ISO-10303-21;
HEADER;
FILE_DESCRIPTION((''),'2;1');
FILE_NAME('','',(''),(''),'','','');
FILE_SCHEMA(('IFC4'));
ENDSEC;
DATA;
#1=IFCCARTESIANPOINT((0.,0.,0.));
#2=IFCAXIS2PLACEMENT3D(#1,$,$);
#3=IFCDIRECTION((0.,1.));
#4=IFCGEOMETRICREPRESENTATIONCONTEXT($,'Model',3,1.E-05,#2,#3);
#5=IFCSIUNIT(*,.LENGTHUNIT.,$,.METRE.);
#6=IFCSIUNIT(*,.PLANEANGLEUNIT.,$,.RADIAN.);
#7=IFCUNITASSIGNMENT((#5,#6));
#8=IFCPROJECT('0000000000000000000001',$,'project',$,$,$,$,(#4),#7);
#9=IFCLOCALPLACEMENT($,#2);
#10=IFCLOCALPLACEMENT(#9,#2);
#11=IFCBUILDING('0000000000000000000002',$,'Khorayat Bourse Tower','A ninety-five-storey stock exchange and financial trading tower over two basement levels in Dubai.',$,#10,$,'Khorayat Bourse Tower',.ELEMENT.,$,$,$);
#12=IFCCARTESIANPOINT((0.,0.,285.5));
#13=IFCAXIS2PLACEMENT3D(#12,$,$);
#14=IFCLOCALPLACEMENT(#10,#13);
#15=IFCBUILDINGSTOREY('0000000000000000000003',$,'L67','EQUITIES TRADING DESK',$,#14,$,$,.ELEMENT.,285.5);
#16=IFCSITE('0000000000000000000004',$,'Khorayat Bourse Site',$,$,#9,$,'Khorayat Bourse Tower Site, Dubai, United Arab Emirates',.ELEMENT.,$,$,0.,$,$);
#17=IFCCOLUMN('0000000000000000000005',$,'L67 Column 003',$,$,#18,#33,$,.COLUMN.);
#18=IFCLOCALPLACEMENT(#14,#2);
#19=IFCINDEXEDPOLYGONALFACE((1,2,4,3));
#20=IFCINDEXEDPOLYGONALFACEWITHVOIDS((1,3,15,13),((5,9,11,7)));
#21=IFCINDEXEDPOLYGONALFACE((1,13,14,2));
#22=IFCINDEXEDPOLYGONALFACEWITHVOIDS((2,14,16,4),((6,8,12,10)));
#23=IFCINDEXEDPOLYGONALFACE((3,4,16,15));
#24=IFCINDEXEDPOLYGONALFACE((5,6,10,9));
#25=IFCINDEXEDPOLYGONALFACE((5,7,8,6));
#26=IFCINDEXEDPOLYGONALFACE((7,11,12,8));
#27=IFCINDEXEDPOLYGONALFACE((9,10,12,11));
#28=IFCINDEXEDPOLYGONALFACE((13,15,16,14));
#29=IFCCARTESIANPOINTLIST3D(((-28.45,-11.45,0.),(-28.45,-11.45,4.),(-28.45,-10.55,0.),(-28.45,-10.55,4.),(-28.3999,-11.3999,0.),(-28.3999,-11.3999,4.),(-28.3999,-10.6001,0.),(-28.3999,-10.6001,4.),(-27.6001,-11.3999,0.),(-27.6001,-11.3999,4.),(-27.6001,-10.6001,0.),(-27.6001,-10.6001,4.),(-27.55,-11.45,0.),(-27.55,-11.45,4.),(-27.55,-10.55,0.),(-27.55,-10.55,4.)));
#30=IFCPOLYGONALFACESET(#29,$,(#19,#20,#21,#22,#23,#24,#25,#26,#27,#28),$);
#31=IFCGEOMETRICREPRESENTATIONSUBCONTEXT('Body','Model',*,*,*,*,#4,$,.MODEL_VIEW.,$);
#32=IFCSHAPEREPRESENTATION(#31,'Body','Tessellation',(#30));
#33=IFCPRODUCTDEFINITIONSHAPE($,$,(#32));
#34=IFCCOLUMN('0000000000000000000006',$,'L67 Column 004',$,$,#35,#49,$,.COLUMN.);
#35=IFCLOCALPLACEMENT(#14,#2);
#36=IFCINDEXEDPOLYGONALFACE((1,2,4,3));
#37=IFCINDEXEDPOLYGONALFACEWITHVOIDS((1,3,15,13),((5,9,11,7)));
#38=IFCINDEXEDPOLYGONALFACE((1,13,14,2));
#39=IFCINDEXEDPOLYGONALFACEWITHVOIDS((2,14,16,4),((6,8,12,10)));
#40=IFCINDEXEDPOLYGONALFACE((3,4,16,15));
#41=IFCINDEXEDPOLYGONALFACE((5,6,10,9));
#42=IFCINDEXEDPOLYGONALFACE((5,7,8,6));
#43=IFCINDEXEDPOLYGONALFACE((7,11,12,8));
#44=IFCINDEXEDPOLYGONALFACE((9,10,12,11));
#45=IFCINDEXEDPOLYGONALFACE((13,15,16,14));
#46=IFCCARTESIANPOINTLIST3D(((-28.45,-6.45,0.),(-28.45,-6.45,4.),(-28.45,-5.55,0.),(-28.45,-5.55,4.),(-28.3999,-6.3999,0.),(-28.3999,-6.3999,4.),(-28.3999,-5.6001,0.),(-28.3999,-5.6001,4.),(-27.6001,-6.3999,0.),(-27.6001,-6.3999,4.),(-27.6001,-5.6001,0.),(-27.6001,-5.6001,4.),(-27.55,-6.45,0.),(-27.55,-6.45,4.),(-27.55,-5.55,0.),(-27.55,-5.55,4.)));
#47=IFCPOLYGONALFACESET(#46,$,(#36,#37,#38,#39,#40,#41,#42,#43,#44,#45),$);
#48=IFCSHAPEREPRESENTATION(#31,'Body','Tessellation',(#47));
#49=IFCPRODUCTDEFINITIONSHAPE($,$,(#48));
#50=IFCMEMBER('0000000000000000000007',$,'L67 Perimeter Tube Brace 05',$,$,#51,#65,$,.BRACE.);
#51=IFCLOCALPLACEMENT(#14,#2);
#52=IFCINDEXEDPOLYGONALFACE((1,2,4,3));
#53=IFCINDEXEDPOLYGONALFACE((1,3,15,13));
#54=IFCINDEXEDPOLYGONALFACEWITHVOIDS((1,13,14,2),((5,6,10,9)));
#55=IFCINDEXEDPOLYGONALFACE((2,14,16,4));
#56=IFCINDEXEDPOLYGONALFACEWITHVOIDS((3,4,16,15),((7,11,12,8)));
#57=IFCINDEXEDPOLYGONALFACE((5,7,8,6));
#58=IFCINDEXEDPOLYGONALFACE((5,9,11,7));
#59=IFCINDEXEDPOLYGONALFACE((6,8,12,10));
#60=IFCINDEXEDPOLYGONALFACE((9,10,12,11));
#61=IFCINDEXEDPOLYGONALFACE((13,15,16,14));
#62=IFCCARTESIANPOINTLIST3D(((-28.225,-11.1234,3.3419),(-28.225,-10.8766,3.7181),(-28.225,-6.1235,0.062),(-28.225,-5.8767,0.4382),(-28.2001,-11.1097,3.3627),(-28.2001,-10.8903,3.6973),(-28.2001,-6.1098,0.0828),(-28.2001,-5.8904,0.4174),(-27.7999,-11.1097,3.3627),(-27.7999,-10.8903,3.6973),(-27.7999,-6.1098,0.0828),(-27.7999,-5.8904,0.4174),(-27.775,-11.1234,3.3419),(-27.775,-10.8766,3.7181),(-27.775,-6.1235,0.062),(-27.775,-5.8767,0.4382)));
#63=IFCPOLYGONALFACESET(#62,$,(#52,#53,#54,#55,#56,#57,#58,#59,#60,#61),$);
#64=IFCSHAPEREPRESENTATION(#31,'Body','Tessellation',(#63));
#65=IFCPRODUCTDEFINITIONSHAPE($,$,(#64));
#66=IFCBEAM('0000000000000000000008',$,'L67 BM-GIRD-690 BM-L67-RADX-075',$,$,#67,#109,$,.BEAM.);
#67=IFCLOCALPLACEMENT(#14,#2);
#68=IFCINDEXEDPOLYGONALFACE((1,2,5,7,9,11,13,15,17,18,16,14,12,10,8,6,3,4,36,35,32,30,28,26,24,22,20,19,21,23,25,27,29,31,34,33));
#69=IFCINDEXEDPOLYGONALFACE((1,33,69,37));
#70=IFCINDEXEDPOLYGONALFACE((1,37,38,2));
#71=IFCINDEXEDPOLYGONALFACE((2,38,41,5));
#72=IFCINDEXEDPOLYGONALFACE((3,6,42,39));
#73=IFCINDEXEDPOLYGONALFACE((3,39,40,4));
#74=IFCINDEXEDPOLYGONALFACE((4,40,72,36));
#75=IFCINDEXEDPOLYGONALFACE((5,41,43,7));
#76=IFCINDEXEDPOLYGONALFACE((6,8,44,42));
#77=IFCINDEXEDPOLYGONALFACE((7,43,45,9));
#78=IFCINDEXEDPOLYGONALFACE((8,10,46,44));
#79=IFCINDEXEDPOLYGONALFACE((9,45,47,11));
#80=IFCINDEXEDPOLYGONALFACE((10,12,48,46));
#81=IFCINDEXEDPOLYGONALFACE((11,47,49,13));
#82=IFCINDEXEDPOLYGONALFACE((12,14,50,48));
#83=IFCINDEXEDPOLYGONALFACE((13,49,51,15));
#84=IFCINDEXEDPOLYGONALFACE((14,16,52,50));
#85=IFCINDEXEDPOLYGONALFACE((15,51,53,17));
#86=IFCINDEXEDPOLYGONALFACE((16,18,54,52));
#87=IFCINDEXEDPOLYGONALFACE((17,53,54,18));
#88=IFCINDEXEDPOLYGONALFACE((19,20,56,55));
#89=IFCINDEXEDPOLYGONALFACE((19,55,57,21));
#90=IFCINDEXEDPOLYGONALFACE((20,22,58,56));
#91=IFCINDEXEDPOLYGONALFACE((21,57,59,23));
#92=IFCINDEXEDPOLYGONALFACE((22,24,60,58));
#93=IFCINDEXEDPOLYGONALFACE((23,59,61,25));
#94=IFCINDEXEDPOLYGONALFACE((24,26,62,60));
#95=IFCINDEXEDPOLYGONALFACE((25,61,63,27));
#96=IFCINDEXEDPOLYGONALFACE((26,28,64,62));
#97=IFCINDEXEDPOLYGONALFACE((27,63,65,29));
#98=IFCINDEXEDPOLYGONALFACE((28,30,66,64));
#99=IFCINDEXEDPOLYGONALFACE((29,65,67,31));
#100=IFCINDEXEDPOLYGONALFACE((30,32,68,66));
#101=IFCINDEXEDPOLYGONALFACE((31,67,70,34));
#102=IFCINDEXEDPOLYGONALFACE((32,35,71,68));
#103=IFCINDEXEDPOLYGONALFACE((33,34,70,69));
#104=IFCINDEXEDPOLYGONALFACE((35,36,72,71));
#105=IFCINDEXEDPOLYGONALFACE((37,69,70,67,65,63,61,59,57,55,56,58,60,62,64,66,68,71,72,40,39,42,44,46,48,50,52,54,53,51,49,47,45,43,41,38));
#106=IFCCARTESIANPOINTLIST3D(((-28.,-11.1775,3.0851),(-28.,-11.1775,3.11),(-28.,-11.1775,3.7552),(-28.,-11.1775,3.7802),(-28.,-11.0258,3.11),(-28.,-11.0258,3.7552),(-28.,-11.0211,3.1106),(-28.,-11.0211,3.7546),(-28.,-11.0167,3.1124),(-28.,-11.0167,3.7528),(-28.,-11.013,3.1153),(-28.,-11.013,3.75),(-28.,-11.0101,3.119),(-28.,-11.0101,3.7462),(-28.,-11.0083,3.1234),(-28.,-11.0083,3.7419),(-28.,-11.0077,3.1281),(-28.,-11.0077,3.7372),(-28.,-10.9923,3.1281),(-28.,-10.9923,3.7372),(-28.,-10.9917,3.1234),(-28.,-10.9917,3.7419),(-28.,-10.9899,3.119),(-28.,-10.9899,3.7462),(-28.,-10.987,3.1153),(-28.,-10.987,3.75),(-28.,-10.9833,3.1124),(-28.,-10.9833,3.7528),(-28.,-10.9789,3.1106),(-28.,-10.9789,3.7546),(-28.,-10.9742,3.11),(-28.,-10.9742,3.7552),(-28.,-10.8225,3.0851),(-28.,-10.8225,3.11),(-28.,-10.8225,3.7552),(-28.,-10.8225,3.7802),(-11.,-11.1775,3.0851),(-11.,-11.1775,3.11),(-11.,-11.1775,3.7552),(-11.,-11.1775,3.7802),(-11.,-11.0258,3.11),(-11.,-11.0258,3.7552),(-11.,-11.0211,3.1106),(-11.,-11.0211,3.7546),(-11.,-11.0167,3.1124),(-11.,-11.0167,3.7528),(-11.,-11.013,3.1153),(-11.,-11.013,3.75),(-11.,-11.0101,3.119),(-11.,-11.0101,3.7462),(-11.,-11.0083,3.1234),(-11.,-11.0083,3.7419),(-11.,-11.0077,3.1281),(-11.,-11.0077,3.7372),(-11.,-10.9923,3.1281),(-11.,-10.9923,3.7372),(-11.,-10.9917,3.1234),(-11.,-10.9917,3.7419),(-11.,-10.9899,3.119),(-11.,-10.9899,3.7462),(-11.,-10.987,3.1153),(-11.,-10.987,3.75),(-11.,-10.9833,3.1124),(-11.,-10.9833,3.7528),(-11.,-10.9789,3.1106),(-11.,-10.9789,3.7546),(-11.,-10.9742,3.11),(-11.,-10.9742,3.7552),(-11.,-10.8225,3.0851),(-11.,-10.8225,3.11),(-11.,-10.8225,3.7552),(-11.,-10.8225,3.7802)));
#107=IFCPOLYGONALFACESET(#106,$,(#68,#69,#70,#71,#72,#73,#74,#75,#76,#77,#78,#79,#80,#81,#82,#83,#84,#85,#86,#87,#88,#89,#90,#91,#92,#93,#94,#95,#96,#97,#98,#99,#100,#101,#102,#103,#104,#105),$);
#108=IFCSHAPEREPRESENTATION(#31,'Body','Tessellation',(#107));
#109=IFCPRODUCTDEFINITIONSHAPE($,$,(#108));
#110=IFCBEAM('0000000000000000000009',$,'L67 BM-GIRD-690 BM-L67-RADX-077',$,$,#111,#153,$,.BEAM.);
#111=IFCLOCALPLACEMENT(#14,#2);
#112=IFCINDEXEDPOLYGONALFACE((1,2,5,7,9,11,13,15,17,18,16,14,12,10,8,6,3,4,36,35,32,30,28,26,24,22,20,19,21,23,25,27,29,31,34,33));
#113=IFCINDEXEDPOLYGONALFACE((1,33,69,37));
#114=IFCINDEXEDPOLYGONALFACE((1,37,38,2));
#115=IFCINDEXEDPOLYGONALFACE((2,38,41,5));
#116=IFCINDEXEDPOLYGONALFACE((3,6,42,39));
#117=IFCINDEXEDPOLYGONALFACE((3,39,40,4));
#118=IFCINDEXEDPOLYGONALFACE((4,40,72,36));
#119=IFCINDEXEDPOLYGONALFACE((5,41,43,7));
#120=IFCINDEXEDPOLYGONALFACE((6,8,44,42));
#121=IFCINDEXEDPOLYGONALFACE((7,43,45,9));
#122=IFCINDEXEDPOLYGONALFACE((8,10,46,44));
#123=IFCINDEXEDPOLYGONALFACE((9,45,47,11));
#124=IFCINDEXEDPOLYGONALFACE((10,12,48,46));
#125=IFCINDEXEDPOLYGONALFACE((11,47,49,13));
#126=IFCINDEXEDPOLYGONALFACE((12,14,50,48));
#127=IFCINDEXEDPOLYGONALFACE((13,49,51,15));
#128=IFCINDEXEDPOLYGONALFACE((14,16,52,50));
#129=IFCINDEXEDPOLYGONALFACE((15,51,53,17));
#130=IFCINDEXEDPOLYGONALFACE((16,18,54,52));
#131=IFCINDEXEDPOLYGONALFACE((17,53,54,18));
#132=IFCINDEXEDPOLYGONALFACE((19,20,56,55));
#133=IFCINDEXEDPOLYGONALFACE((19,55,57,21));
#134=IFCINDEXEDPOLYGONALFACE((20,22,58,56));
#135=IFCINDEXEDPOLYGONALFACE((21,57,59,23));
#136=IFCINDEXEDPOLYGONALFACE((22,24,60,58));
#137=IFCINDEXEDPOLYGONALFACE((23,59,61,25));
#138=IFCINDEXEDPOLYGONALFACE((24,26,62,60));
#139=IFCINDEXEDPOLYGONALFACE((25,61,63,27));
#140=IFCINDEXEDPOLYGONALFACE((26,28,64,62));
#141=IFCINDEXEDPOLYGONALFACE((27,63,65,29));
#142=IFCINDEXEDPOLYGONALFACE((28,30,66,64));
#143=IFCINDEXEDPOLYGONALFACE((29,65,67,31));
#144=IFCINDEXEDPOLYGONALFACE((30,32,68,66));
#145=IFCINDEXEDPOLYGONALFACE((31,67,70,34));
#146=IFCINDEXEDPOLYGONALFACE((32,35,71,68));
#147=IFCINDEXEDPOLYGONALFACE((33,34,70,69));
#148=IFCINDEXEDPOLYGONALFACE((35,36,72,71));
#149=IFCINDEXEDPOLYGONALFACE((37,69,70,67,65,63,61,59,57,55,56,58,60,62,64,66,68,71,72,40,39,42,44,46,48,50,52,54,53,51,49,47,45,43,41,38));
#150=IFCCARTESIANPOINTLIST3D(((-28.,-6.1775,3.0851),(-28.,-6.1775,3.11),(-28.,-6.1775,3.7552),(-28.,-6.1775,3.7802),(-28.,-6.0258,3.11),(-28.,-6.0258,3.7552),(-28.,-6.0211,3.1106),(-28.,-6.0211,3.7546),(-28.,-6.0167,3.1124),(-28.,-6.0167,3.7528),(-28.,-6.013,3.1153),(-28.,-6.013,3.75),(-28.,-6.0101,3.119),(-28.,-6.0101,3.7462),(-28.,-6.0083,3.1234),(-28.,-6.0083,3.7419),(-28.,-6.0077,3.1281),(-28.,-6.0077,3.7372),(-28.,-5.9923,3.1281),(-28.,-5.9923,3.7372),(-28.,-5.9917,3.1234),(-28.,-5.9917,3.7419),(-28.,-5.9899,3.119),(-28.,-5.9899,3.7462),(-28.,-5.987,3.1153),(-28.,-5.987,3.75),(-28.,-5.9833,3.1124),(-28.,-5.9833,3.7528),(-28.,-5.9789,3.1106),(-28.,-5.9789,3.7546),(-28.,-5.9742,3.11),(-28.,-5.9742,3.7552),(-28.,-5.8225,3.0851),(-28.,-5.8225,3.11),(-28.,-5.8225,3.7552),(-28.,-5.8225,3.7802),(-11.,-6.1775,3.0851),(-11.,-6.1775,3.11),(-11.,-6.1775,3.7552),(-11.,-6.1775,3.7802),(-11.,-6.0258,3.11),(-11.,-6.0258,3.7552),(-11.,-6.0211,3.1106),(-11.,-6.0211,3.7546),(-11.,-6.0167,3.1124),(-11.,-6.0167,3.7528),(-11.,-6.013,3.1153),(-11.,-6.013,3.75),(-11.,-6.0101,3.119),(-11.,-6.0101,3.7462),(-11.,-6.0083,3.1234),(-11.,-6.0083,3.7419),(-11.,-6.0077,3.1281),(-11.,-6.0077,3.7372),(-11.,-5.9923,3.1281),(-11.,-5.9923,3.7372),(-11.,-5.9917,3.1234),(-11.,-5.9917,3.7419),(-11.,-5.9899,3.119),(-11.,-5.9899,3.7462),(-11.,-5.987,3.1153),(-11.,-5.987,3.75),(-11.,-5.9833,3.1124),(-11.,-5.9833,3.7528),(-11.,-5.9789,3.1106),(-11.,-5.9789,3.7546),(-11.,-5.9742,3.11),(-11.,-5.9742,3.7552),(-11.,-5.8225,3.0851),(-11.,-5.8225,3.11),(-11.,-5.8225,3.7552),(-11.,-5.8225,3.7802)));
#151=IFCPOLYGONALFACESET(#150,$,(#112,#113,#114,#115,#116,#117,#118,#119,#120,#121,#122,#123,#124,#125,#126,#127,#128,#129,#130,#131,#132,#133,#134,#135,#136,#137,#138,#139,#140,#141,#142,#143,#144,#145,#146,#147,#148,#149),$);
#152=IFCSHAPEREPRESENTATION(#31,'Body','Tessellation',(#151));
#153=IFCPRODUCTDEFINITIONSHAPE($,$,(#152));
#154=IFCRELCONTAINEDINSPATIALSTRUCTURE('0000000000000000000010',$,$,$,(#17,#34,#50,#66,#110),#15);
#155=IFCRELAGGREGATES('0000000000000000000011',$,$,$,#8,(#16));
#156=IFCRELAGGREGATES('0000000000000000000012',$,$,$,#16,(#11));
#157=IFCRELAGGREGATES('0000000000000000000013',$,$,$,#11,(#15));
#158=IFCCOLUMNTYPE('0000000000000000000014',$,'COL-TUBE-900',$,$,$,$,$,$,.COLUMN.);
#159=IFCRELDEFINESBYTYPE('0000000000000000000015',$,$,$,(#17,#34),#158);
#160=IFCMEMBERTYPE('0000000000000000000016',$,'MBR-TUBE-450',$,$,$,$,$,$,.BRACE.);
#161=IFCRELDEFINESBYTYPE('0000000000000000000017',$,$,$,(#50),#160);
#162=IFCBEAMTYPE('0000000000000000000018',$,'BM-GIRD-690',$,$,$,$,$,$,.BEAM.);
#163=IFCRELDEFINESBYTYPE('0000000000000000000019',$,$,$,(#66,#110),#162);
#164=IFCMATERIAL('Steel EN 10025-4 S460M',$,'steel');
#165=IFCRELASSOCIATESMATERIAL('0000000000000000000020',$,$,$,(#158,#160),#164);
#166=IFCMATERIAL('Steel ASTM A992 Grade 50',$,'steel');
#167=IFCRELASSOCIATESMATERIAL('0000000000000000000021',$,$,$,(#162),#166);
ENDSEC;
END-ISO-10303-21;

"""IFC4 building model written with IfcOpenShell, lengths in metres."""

from ifc_helpers import new_model, si_unit, direction, frame, origin, origin_2d, place, context, subcontext, project, spatial, hollow_rectangle, i_section, extrude, source, transform, mapped, material, material_profile, profile_set, type_object, element, save


model = new_model("IFC4")

# Units and contexts
model_context = context("Model", 3, precision=1e-05, world=origin(), true_north=direction((0.0, 1.0)))
body_context = subcontext(model_context, "Body", "Model", "MODEL_VIEW")
ifc_project = project(units=[si_unit("LENGTHUNIT", "METRE"), si_unit("PLANEANGLEUNIT", "RADIAN")], contexts=[model_context])

# Site, building, storey
site_placement = place(None, origin())
site = spatial("IfcSite", under=ifc_project, at=site_placement, Name="Khorayat Bourse Site", LongName="Khorayat Bourse Tower Site, Dubai, United Arab Emirates", CompositionType="ELEMENT", RefElevation=0.0)
building_placement = place(site_placement, origin())
building = spatial("IfcBuilding", under=site, at=building_placement, Name="Khorayat Bourse Tower", Description="A ninety-five-storey stock exchange and financial trading tower over two basement levels in Dubai.", LongName="Khorayat Bourse Tower", CompositionType="ELEMENT")
storey_placement = place(building_placement, frame((0.0, 0.0, 285.5)))
storey = spatial("IfcBuildingStorey", under=building, at=storey_placement, Name="L67", Description="EQUITIES TRADING DESK", CompositionType="ELEMENT", Elevation=285.5)

# Columns
ifc_material_1 = material(Name="Steel EN 10025-4 S460M", Category="steel")
ifc_material_profile_1 = material_profile(ifc_material_1, hollow_rectangle(XDim=0.8999, YDim=0.8999, WallThickness=0.05, at=origin_2d()), Name="BOX 900x900x50")
ifc_profile_set_1 = profile_set([ifc_material_profile_1], Name="Steel EN 10025-4 S460M")
column_type = type_object("IfcColumnType", Name="COL-TUBE-900", PredefinedType="COLUMN", material=ifc_profile_set_1)
shared_shape_1 = source(origin(), body_context, "Body", "SweptSolid", [
    extrude(hollow_rectangle(XDim=0.8999, YDim=0.8999, WallThickness=0.05, at=origin_2d()), origin(), (0.0, 0.0, 1.0), 4.0),
])
for number, where, z_axis, x_axis, name in (
    (1, (-28.0, -11.0, 0.0), (0.0, 0.0, 1.0), (1.0, 0.0, 0.0), "L67 Column 003"),
    (2, (-28.0, -6.0, 0.0), (0.0, 0.0, 1.0), (1.0, 0.0, 0.0), "L67 Column 004"),
):
    element("IfcColumn", number, at=place(storey_placement, frame(where, z_axis=z_axis, x_axis=x_axis)), inside=storey, type_object=column_type, Name=name, PredefinedType="COLUMN", context=body_context, shape_type="MappedRepresentation", body=[
        mapped(shared_shape_1, transform((0.0, 0.0, 0.0), scale=1.0)),
    ])

# Member
ifc_material_profile_2 = material_profile(ifc_material_1, hollow_rectangle(XDim=0.45, YDim=0.45, WallThickness=0.0249, at=origin_2d()), Name="HSS 450x450x25")
ifc_profile_set_2 = profile_set([ifc_material_profile_2], Name="Steel EN 10025-4 S460M")
member_type_1 = type_object("IfcMemberType", Name="MBR-TUBE-450", PredefinedType="BRACE", material=ifc_profile_set_2)
shared_shape_2 = source(origin(), body_context, "Body", "SweptSolid", [
    extrude(hollow_rectangle(XDim=0.45, YDim=0.45, WallThickness=0.0249, at=origin_2d()), origin(), (0.0, 0.0, 1.0), 5.9797),
])
member_1_placement = place(storey_placement, frame((-28.0, -11.0, 3.53), z_axis=(0.0, 0.836142, -0.548514), x_axis=(-1.0, 0.0, 0.0)))
element("IfcMember", 3, at=member_1_placement, inside=storey, type_object=member_type_1, Name="L67 Perimeter Tube Brace 05", PredefinedType="BRACE", context=body_context, shape_type="MappedRepresentation", body=[
    mapped(shared_shape_2, transform((0.0, 0.0, 0.0), scale=1.0)),
])

# Beams
ifc_material_2 = material(Name="Steel ASTM A992 Grade 50", Category="steel")
ifc_material_profile_3 = material_profile(ifc_material_2, i_section(OverallWidth=0.355, OverallDepth=0.6951, WebThickness=0.0154, FlangeThickness=0.0249, FilletRadius=0.0181, at=origin_2d()), Name="W690X217")
ifc_profile_set_3 = profile_set([ifc_material_profile_3], Name="Steel ASTM A992 Grade 50")
beam_type_1 = type_object("IfcBeamType", Name="BM-GIRD-690", PredefinedType="BEAM", material=ifc_profile_set_3)
shared_shape_3 = source(origin(), body_context, "Body", "SweptSolid", [
    extrude(i_section(OverallWidth=0.355, OverallDepth=0.6951, WebThickness=0.0154, FlangeThickness=0.0249, FilletRadius=0.0181, at=origin_2d()), origin(), (0.0, 0.0, 1.0), 17.0),
])
for number, where, z_axis, x_axis, name in (
    (4, (-28.0, -11.0, 3.4326), (1.0, 0.0, 0.0), (0.0, 1.0, 0.0), "L67 BM-GIRD-690 BM-L67-RADX-075"),
    (5, (-28.0, -6.0, 3.4326), (1.0, 0.0, 0.0), (0.0, 1.0, 0.0), "L67 BM-GIRD-690 BM-L67-RADX-077"),
):
    element("IfcBeam", number, at=place(storey_placement, frame(where, z_axis=z_axis, x_axis=x_axis)), inside=storey, type_object=beam_type_1, Name=name, PredefinedType="BEAM", context=body_context, shape_type="MappedRepresentation", body=[
        mapped(shared_shape_3, transform((0.0, 0.0, 0.0), scale=1.0)),
    ])

save(model, "model.ifc")
